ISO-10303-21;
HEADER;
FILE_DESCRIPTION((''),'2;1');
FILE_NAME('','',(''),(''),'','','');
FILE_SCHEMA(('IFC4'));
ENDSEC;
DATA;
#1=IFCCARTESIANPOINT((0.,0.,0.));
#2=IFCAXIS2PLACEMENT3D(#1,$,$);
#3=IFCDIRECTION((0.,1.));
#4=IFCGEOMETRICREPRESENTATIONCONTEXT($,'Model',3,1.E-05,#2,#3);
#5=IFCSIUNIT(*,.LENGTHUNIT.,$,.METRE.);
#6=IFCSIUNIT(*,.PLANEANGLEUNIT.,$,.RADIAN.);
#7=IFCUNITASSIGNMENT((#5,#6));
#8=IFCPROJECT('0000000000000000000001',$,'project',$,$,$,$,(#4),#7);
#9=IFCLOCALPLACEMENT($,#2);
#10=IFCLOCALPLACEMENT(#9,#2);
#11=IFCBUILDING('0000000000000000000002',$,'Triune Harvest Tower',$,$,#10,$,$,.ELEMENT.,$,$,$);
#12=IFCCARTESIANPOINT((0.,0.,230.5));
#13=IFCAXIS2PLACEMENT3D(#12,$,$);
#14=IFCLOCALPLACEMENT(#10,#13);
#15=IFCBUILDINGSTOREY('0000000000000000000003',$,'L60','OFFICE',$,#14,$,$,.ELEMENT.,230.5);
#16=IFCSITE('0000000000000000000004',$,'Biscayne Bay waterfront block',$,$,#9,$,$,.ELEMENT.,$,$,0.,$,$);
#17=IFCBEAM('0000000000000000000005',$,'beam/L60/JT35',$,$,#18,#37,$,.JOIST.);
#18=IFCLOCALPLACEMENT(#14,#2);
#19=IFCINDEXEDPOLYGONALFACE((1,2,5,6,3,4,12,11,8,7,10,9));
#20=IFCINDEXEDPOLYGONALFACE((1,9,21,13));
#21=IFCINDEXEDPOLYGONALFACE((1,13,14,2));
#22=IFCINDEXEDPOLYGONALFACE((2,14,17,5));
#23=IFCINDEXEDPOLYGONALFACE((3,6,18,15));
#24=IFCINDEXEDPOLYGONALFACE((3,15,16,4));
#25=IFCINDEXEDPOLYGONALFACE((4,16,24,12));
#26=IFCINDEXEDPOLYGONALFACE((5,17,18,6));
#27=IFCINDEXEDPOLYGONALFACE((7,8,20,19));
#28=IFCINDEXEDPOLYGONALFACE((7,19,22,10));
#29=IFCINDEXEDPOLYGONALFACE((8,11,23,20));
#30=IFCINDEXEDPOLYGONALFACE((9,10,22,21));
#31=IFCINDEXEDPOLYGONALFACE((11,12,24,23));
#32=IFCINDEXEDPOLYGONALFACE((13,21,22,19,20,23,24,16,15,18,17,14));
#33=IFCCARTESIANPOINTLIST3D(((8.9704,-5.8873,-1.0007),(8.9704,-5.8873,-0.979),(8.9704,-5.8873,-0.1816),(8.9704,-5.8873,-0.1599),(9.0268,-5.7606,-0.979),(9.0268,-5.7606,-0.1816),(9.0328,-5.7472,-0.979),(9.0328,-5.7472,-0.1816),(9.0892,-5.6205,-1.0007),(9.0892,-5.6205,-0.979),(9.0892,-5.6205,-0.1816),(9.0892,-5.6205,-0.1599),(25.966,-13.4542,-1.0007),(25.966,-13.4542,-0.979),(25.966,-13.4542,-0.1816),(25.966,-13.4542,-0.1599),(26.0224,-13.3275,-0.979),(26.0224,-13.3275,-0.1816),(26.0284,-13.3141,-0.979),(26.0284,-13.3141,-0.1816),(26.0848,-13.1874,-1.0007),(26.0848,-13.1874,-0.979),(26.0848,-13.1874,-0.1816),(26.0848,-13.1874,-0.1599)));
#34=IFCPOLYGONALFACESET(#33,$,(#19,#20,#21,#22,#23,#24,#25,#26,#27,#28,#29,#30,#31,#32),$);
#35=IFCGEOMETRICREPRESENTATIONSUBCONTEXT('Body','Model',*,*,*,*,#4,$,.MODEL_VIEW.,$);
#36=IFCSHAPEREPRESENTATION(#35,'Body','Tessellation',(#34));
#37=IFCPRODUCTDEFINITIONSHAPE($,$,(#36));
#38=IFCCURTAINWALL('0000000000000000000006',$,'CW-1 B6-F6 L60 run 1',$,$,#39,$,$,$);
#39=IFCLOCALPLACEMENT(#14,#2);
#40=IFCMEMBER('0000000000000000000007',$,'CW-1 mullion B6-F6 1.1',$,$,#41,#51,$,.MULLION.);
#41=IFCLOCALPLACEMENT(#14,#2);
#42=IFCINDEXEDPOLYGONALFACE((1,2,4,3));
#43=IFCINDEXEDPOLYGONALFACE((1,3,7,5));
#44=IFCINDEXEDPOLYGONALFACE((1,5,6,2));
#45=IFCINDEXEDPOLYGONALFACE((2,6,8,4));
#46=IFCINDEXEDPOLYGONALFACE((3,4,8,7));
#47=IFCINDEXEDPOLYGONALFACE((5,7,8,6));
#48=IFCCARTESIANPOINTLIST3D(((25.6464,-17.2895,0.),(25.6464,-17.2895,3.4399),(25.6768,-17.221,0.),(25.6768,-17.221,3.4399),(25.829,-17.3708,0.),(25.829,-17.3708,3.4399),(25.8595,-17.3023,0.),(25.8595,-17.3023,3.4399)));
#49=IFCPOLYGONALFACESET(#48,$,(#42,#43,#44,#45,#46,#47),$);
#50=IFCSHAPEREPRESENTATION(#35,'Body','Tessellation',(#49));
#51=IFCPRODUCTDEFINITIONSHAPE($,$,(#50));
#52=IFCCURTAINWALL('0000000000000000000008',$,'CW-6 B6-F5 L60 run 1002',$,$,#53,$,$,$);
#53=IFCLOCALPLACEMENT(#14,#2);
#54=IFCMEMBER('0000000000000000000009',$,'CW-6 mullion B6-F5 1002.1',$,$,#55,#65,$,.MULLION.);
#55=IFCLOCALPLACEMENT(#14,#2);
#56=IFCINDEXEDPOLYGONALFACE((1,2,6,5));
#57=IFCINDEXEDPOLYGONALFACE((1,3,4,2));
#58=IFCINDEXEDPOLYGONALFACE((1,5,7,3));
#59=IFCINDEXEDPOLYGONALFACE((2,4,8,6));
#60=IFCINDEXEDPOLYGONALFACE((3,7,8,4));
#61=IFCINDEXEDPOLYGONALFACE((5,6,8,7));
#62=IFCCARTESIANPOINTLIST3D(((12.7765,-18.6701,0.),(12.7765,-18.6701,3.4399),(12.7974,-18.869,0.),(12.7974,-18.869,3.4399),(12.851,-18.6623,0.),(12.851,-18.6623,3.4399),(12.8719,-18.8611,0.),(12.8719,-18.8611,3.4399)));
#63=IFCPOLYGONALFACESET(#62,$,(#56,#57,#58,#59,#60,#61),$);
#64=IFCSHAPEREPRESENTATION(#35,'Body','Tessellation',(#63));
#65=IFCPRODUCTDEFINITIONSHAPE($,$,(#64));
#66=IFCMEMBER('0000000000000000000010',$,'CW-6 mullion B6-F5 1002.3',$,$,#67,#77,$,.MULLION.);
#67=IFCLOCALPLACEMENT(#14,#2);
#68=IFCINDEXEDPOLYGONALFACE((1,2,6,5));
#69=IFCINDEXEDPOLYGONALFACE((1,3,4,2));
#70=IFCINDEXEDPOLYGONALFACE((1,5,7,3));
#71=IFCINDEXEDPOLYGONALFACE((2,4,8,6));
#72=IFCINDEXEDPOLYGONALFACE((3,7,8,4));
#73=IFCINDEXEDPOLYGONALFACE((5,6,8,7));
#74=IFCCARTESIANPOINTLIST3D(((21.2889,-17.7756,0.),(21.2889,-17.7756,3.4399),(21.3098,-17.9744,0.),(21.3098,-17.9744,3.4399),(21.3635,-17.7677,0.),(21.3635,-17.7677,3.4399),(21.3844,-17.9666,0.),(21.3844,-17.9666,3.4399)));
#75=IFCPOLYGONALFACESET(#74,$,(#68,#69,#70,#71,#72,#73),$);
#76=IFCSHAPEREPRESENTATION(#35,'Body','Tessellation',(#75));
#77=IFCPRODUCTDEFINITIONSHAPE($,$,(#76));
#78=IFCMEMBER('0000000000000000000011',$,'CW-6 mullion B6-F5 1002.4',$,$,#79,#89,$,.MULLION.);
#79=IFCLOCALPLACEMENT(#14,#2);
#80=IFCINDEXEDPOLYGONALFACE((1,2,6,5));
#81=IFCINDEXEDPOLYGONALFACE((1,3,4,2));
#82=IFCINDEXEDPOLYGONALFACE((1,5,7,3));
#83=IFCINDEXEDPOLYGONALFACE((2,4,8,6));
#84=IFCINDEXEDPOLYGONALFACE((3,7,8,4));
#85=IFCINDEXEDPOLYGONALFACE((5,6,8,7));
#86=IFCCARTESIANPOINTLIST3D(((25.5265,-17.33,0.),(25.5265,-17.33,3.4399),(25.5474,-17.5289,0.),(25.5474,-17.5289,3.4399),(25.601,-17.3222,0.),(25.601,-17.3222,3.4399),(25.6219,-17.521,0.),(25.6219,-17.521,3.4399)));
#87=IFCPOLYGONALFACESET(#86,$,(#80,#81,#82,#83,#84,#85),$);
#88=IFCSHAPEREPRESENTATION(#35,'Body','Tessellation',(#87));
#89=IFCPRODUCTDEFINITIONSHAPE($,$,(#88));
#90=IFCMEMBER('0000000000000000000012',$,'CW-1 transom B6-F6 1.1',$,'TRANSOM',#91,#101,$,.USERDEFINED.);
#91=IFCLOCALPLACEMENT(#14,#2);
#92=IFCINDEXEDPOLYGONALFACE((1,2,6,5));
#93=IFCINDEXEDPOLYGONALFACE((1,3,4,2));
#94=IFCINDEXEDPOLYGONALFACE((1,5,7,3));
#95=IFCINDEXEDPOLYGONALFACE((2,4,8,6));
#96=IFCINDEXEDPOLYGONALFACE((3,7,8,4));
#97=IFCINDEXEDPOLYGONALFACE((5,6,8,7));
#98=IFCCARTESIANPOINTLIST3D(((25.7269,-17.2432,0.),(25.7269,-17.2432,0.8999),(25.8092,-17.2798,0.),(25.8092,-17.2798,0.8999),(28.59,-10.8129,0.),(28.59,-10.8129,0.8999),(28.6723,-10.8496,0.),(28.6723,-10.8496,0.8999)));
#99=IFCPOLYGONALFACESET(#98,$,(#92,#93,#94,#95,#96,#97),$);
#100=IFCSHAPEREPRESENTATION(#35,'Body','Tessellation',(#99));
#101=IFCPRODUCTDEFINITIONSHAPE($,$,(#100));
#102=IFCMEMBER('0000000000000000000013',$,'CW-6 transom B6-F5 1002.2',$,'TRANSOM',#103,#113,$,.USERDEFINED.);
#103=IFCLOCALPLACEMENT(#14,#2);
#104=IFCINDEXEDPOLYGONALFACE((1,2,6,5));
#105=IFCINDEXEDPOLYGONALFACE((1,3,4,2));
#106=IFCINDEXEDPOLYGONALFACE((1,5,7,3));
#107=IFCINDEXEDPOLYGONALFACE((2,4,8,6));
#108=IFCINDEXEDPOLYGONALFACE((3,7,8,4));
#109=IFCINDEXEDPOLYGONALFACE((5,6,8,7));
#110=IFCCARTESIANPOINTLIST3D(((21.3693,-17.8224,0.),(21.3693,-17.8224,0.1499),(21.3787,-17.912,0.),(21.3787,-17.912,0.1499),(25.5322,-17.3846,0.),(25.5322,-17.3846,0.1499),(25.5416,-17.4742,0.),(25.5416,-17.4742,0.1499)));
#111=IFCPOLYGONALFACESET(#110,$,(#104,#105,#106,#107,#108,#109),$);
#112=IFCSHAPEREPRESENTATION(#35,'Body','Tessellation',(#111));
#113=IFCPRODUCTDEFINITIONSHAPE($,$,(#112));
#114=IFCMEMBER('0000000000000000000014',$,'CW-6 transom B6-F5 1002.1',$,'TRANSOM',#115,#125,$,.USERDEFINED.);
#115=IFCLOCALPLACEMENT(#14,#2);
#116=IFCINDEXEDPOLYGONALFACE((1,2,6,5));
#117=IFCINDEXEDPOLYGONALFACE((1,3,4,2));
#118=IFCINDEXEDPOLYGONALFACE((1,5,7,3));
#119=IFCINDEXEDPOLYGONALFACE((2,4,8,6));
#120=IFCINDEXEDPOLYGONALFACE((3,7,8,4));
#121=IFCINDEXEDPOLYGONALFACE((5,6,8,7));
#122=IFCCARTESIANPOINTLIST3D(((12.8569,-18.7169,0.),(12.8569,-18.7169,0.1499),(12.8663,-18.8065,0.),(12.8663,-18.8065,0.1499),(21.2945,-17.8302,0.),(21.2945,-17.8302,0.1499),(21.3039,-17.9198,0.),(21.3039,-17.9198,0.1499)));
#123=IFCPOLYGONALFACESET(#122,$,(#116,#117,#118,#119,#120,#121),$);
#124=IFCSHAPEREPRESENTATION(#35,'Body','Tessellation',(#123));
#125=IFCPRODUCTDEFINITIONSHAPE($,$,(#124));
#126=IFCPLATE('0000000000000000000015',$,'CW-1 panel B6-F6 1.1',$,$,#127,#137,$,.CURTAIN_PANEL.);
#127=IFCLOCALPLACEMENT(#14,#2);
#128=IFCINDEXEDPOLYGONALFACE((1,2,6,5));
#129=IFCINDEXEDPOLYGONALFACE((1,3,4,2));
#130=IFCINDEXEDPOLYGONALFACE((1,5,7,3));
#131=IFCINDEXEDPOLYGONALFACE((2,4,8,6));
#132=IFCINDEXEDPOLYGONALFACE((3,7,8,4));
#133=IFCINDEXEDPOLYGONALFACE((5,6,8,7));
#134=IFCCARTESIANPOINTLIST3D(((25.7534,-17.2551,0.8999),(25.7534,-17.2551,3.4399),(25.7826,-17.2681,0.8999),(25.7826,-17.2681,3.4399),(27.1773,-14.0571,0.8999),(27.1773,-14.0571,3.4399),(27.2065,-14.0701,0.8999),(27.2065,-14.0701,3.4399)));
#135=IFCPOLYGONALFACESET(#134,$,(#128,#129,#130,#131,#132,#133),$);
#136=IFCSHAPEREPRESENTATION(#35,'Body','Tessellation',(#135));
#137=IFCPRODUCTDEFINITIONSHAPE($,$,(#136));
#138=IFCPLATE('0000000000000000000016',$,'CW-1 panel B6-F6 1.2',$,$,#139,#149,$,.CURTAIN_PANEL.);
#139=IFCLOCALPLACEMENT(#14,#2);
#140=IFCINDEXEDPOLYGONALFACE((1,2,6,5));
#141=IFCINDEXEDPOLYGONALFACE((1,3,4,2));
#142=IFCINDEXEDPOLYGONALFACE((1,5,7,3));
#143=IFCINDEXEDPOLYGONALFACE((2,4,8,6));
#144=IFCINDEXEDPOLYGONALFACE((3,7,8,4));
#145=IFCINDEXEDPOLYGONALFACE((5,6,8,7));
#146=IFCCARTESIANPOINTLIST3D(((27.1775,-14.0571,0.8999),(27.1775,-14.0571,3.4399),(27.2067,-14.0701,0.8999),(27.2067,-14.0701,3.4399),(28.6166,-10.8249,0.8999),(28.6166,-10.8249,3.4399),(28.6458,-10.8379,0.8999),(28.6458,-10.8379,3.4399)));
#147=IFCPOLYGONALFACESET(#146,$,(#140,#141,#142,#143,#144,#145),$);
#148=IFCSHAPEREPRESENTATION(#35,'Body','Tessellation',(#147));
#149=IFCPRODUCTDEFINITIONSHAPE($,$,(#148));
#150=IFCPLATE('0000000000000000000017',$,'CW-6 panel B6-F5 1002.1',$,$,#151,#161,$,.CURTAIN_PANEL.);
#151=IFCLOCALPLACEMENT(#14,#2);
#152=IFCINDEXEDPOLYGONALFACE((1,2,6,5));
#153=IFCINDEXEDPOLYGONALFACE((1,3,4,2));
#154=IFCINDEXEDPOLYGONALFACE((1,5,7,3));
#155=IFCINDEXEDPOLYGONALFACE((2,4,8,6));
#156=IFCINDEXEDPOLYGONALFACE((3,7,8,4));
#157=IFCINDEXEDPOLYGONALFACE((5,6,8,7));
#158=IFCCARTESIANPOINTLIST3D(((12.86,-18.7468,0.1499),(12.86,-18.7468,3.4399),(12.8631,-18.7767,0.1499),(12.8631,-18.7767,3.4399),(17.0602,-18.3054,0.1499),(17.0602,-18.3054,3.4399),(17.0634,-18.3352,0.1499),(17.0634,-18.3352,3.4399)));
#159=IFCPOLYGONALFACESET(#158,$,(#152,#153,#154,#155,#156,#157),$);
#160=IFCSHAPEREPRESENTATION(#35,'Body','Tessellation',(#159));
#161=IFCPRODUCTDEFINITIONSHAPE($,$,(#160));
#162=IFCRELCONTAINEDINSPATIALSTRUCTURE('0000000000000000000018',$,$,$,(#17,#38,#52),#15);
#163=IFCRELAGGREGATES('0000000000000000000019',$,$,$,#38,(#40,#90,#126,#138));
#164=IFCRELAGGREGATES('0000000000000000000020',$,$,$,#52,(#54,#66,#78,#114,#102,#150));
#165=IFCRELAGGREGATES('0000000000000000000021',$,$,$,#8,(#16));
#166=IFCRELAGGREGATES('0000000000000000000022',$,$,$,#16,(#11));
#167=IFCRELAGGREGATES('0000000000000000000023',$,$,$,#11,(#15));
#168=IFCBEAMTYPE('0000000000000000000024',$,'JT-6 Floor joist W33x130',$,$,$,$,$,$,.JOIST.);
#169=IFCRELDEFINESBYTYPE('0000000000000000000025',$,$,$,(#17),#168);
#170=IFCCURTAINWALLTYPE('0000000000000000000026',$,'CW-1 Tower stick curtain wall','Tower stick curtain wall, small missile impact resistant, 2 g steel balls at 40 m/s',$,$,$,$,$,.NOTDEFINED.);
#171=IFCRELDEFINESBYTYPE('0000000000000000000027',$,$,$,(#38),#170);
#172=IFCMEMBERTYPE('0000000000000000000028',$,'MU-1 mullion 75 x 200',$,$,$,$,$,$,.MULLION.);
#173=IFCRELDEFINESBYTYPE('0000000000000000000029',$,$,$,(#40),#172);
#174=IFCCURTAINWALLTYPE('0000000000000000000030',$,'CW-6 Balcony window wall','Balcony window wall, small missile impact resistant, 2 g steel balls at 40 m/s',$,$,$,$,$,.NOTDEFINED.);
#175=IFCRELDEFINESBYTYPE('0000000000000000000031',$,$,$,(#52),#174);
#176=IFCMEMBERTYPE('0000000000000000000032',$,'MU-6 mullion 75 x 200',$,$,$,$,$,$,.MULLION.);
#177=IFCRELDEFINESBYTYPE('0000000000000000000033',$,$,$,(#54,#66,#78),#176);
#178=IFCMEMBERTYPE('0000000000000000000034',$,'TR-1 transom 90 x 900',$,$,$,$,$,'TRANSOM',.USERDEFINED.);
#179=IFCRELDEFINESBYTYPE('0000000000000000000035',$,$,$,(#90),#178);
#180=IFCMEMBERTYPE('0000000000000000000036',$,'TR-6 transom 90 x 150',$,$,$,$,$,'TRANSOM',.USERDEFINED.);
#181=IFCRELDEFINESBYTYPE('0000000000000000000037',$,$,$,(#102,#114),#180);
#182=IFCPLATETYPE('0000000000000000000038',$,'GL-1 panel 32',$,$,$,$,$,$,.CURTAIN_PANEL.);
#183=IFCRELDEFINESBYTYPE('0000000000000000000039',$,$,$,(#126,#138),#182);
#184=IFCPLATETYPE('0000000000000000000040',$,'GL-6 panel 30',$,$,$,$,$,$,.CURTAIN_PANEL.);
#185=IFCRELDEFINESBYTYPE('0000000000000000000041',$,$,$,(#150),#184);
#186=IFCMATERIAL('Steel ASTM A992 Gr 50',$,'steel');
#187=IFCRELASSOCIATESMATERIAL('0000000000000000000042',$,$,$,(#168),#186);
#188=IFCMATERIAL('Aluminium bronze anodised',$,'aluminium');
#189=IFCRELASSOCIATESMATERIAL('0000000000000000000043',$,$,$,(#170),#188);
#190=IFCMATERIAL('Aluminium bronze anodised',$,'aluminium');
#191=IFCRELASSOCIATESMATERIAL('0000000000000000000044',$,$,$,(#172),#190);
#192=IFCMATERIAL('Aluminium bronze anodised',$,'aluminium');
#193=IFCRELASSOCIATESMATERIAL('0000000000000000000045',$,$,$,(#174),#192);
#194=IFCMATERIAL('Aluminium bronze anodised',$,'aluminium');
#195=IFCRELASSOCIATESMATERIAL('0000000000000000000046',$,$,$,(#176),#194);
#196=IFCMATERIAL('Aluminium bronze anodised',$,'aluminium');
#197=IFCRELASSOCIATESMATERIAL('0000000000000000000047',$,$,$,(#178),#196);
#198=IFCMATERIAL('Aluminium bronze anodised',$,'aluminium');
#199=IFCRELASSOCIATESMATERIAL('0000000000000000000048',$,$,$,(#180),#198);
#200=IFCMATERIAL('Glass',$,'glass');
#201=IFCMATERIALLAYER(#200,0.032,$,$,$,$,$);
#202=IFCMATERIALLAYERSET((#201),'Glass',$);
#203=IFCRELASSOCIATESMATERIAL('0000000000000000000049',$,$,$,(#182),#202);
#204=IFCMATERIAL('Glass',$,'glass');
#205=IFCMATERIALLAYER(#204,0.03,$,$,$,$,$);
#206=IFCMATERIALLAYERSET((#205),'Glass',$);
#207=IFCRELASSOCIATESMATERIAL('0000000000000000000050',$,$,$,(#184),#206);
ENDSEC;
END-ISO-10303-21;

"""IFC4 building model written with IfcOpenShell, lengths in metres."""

from ifc_helpers import new_model, si_unit, direction, frame, origin, origin_2d, place, context, subcontext, project, spatial, rectangle, i_section, extrude, source, transform, mapped, material, layer, layer_set, material_profile, profile_set, type_object, element, aggregate, save


model = new_model("IFC4")

# Units and contexts
model_context = context("Model", 3, precision=1e-05, world=origin(), true_north=direction((0.0, 1.0)))
body_context = subcontext(model_context, "Body", "Model", "MODEL_VIEW")
ifc_project = project(units=[si_unit("LENGTHUNIT", "METRE"), si_unit("PLANEANGLEUNIT", "RADIAN")], contexts=[model_context])

# Site, building, storey
site_placement = place(None, origin())
site = spatial("IfcSite", under=ifc_project, at=site_placement, Name="Biscayne Bay waterfront block", CompositionType="ELEMENT", RefElevation=0.0)
building_placement = place(site_placement, origin())
building = spatial("IfcBuilding", under=site, at=building_placement, Name="Triune Harvest Tower", CompositionType="ELEMENT")
storey_placement = place(building_placement, frame((0.0, 0.0, 230.5)))
storey = spatial("IfcBuildingStorey", under=building, at=storey_placement, Name="L60", Description="OFFICE", CompositionType="ELEMENT", Elevation=230.5)

# Beam
ifc_material_1 = material(Name="Steel ASTM A992 Gr 50", Category="steel")
ifc_material_profile_1 = material_profile(ifc_material_1, i_section(OverallWidth=0.292, OverallDepth=0.8408, WebThickness=0.0146, FlangeThickness=0.0217, at=origin_2d()), Name="W33x130")
ifc_profile_set_1 = profile_set([ifc_material_profile_1], Name="Steel ASTM A992 Gr 50")
beam_type_1 = type_object("IfcBeamType", Name="JT-6 Floor joist W33x130", PredefinedType="JOIST", material=ifc_profile_set_1)
shared_shape_1 = source(origin(), body_context, "Body", "SweptSolid", [
    extrude(i_section(OverallWidth=0.292, OverallDepth=0.8408, WebThickness=0.0146, FlangeThickness=0.0217, at=origin_2d()), origin(), (0.0, 0.0, 1.0), 18.604),
])
beam_1_placement = place(storey_placement, frame((26.0254, -13.3208, -0.5803), z_axis=(-0.913546, 0.406735, 0.0), x_axis=(-0.406735, -0.913546, 0.0)))
element("IfcBeam", 1, at=beam_1_placement, inside=storey, type_object=beam_type_1, Name="beam/L60/JT35", PredefinedType="JOIST", context=body_context, shape_type="MappedRepresentation", body=[
    mapped(shared_shape_1, transform((0.0, 0.0, 0.0), scale=1.0)),
])

# Curtain wall, member
ifc_material_2 = material(Name="Aluminium bronze anodised", Category="aluminium")
curtain_wall_type_1 = type_object("IfcCurtainWallType", Name="CW-1 Tower stick curtain wall", Description="Tower stick curtain wall, small missile impact resistant, 2 g steel balls at 40 m/s", PredefinedType="NOTDEFINED", material=ifc_material_2)
curtain_wall_1_placement = place(storey_placement, origin())
curtain_wall_1 = element("IfcCurtainWall", 2, at=curtain_wall_1_placement, inside=storey, type_object=curtain_wall_type_1, Name="CW-1 B6-F6 L60 run 1")
ifc_material_3 = material(Name="Aluminium bronze anodised", Category="aluminium")
ifc_material_profile_2 = material_profile(ifc_material_3, rectangle(XDim=0.2, YDim=0.075, at=origin_2d()), Name="MU-1 mullion 75 x 200")
ifc_profile_set_2 = profile_set([ifc_material_profile_2], Name="Aluminium bronze anodised")
member_type_1 = type_object("IfcMemberType", Name="MU-1 mullion 75 x 200", PredefinedType="MULLION", material=ifc_profile_set_2)
shared_shape_2 = source(origin(), body_context, "Body", "SweptSolid", [
    extrude(rectangle(XDim=0.2, YDim=0.075, at=origin_2d()), origin(), (0.0, 0.0, 1.0), 3.4399),
])
member_1_placement = place(storey_placement, frame((25.7529, -17.2959, 0.0), z_axis=(0.0, 0.0, 1.0), x_axis=(-0.913543, 0.406743, 0.0)))
member_1 = element("IfcMember", 3, at=member_1_placement, type_object=member_type_1, Name="CW-1 mullion B6-F6 1.1", PredefinedType="MULLION", context=body_context, shape_type="MappedRepresentation", body=[
    mapped(shared_shape_2, transform((0.0, 0.0, 0.0), scale=1.0)),
])

# Curtain wall, members
ifc_material_4 = material(Name="Aluminium bronze anodised", Category="aluminium")
curtain_wall_type_2 = type_object("IfcCurtainWallType", Name="CW-6 Balcony window wall", Description="Balcony window wall, small missile impact resistant, 2 g steel balls at 40 m/s", PredefinedType="NOTDEFINED", material=ifc_material_4)
curtain_wall_2_placement = place(storey_placement, origin())
curtain_wall_2 = element("IfcCurtainWall", 4, at=curtain_wall_2_placement, inside=storey, type_object=curtain_wall_type_2, Name="CW-6 B6-F5 L60 run 1002")
ifc_material_5 = material(Name="Aluminium bronze anodised", Category="aluminium")
ifc_material_profile_3 = material_profile(ifc_material_5, rectangle(XDim=0.2, YDim=0.075, at=origin_2d()), Name="MU-6 mullion 75 x 200")
ifc_profile_set_3 = profile_set([ifc_material_profile_3], Name="Aluminium bronze anodised")
member_type_2 = type_object("IfcMemberType", Name="MU-6 mullion 75 x 200", PredefinedType="MULLION", material=ifc_profile_set_3)
shared_shape_3 = source(origin(), body_context, "Body", "SweptSolid", [
    extrude(rectangle(XDim=0.2, YDim=0.075, at=origin_2d()), origin(), (0.0, 0.0, 1.0), 3.4399),
])
member_2_placement = place(storey_placement, frame((12.8242, -18.7656, 0.0), z_axis=(0.0, 0.0, 1.0), x_axis=(-0.104527, 0.994522, 0.0)))
member_2 = element("IfcMember", 5, at=member_2_placement, type_object=member_type_2, Name="CW-6 mullion B6-F5 1002.1", PredefinedType="MULLION", context=body_context, shape_type="MappedRepresentation", body=[
    mapped(shared_shape_3, transform((0.0, 0.0, 0.0), scale=1.0)),
])
member_3_placement = place(storey_placement, frame((21.3367, -17.8711, 0.0), z_axis=(0.0, 0.0, 1.0), x_axis=(-0.104527, 0.994522, 0.0)))
member_3 = element("IfcMember", 6, at=member_3_placement, type_object=member_type_2, Name="CW-6 mullion B6-F5 1002.3", PredefinedType="MULLION", context=body_context, shape_type="MappedRepresentation", body=[
    mapped(shared_shape_3, transform((0.0, 0.0, 0.0), scale=1.0)),
])
member_4_placement = place(storey_placement, frame((25.5742, -17.4255, 0.0), z_axis=(0.0, 0.0, 1.0), x_axis=(-0.104527, 0.994522, 0.0)))
member_4 = element("IfcMember", 7, at=member_4_placement, type_object=member_type_2, Name="CW-6 mullion B6-F5 1002.4", PredefinedType="MULLION", context=body_context, shape_type="MappedRepresentation", body=[
    mapped(shared_shape_3, transform((0.0, 0.0, 0.0), scale=1.0)),
])

# Members
ifc_material_6 = material(Name="Aluminium bronze anodised", Category="aluminium")
ifc_material_profile_4 = material_profile(ifc_material_6, rectangle(XDim=0.0901, YDim=0.8999, at=origin_2d()), Name="TR-1 transom 90 x 900")
ifc_profile_set_4 = profile_set([ifc_material_profile_4], Name="Aluminium bronze anodised")
member_type_3 = type_object("IfcMemberType", Name="TR-1 transom 90 x 900", ElementType="TRANSOM", PredefinedType="USERDEFINED", material=ifc_profile_set_4)
shared_shape_4 = source(origin(), body_context, "Body", "SweptSolid", [
    extrude(rectangle(XDim=0.0901, YDim=0.8999, at=origin_2d()), origin(), (0.0, 0.0, 1.0), 7.0388),
])
member_5_placement = place(storey_placement, frame((25.7681, -17.2615, 0.45), z_axis=(0.406753, 0.913538, 0.0), x_axis=(-0.913538, 0.406753, 0.0)))
member_5 = element("IfcMember", 8, at=member_5_placement, type_object=member_type_3, Name="CW-1 transom B6-F6 1.1", ObjectType="TRANSOM", PredefinedType="USERDEFINED", context=body_context, shape_type="MappedRepresentation", body=[
    mapped(shared_shape_4, transform((0.0, 0.0, 0.0), scale=1.0)),
])
ifc_material_7 = material(Name="Aluminium bronze anodised", Category="aluminium")
ifc_material_profile_5 = material_profile(ifc_material_7, rectangle(XDim=0.0901, YDim=0.1499, at=origin_2d()), Name="TR-6 transom 90 x 150")
ifc_profile_set_5 = profile_set([ifc_material_profile_5], Name="Aluminium bronze anodised")
member_type_4 = type_object("IfcMemberType", Name="TR-6 transom 90 x 150", ElementType="TRANSOM", PredefinedType="USERDEFINED", material=ifc_profile_set_5)
shared_shape_5 = source(origin(), body_context, "Body", "SweptSolid", [
    extrude(rectangle(XDim=0.0901, YDim=0.1499, at=origin_2d()), origin(), (0.0, 0.0, 1.0), 4.1858),
])
member_6_placement = place(storey_placement, frame((21.374, -17.8672, 0.075), z_axis=(0.994517, 0.104579, 0.0), x_axis=(-0.104579, 0.994517, 0.0)))
member_6 = element("IfcMember", 9, at=member_6_placement, type_object=member_type_4, Name="CW-6 transom B6-F5 1002.2", ObjectType="TRANSOM", PredefinedType="USERDEFINED", context=body_context, shape_type="MappedRepresentation", body=[
    mapped(shared_shape_5, transform((0.0, 0.0, 0.0), scale=1.0)),
])
shared_shape_6 = source(origin(), body_context, "Body", "SweptSolid", [
    extrude(rectangle(XDim=0.0901, YDim=0.1499, at=origin_2d()), origin(), (0.0, 0.0, 1.0), 8.4841),
])
member_7_placement = place(storey_placement, frame((12.8616, -18.7617, 0.075), z_axis=(0.994523, 0.104514, 0.0), x_axis=(-0.104514, 0.994523, 0.0)))
member_7 = element("IfcMember", 10, at=member_7_placement, type_object=member_type_4, Name="CW-6 transom B6-F5 1002.1", ObjectType="TRANSOM", PredefinedType="USERDEFINED", context=body_context, shape_type="MappedRepresentation", body=[
    mapped(shared_shape_6, transform((0.0, 0.0, 0.0), scale=1.0)),
])

# Plates
ifc_material_8 = material(Name="Glass", Category="glass")
ifc_layer_1 = layer(ifc_material_8, 0.032)
ifc_layer_set_1 = layer_set([ifc_layer_1], Name="Glass")
plate_type_1 = type_object("IfcPlateType", Name="GL-1 panel 32", PredefinedType="CURTAIN_PANEL", material=ifc_layer_set_1)
shared_shape_7 = source(origin(), body_context, "Body", "SweptSolid", [
    extrude(rectangle(XDim=3.5007, YDim=0.032, at=origin_2d()), origin(), (0.0, 0.0, 1.0), 2.54),
])
plate_1_placement = place(storey_placement, frame((26.48, -15.6626, 0.8999), z_axis=(0.0, 0.0, 1.0), x_axis=(0.406743, 0.913543, 0.0)))
plate_1 = element("IfcPlate", 11, at=plate_1_placement, type_object=plate_type_1, Name="CW-1 panel B6-F6 1.1", PredefinedType="CURTAIN_PANEL", context=body_context, shape_type="MappedRepresentation", body=[
    mapped(shared_shape_7, transform((0.0, 0.0, 0.0), scale=1.0)),
])
shared_shape_8 = source(origin(), body_context, "Body", "SweptSolid", [
    extrude(rectangle(XDim=3.5381, YDim=0.032, at=origin_2d()), origin(), (0.0, 0.0, 1.0), 2.54),
])
plate_2_placement = place(storey_placement, frame((27.9116, -12.4475, 0.8999), z_axis=(0.0, 0.0, 1.0), x_axis=(0.406743, 0.913543, 0.0)))
plate_2 = element("IfcPlate", 12, at=plate_2_placement, type_object=plate_type_1, Name="CW-1 panel B6-F6 1.2", PredefinedType="CURTAIN_PANEL", context=body_context, shape_type="MappedRepresentation", body=[
    mapped(shared_shape_8, transform((0.0, 0.0, 0.0), scale=1.0)),
])
aggregate(curtain_wall_1, [member_1, member_5, plate_1, plate_2])
ifc_material_9 = material(Name="Glass", Category="glass")
ifc_layer_2 = layer(ifc_material_9, 0.03)
ifc_layer_set_2 = layer_set([ifc_layer_2], Name="Glass")
plate_type_2 = type_object("IfcPlateType", Name="GL-6 panel 30", PredefinedType="CURTAIN_PANEL", material=ifc_layer_set_2)
shared_shape_9 = source(origin(), body_context, "Body", "SweptSolid", [
    extrude(rectangle(XDim=4.2234, YDim=0.03, at=origin_2d()), origin(), (0.0, 0.0, 1.0), 3.29),
])
plate_3_placement = place(storey_placement, frame((14.9617, -18.541, 0.1499), z_axis=(0.0, 0.0, 1.0), x_axis=(0.994522, 0.104527, 0.0)))
plate_3 = element("IfcPlate", 13, at=plate_3_placement, type_object=plate_type_2, Name="CW-6 panel B6-F5 1002.1", PredefinedType="CURTAIN_PANEL", context=body_context, shape_type="MappedRepresentation", body=[
    mapped(shared_shape_9, transform((0.0, 0.0, 0.0), scale=1.0)),
])
aggregate(curtain_wall_2, [member_2, member_3, member_4, member_7, member_6, plate_3])

save(model, "model.ifc")
